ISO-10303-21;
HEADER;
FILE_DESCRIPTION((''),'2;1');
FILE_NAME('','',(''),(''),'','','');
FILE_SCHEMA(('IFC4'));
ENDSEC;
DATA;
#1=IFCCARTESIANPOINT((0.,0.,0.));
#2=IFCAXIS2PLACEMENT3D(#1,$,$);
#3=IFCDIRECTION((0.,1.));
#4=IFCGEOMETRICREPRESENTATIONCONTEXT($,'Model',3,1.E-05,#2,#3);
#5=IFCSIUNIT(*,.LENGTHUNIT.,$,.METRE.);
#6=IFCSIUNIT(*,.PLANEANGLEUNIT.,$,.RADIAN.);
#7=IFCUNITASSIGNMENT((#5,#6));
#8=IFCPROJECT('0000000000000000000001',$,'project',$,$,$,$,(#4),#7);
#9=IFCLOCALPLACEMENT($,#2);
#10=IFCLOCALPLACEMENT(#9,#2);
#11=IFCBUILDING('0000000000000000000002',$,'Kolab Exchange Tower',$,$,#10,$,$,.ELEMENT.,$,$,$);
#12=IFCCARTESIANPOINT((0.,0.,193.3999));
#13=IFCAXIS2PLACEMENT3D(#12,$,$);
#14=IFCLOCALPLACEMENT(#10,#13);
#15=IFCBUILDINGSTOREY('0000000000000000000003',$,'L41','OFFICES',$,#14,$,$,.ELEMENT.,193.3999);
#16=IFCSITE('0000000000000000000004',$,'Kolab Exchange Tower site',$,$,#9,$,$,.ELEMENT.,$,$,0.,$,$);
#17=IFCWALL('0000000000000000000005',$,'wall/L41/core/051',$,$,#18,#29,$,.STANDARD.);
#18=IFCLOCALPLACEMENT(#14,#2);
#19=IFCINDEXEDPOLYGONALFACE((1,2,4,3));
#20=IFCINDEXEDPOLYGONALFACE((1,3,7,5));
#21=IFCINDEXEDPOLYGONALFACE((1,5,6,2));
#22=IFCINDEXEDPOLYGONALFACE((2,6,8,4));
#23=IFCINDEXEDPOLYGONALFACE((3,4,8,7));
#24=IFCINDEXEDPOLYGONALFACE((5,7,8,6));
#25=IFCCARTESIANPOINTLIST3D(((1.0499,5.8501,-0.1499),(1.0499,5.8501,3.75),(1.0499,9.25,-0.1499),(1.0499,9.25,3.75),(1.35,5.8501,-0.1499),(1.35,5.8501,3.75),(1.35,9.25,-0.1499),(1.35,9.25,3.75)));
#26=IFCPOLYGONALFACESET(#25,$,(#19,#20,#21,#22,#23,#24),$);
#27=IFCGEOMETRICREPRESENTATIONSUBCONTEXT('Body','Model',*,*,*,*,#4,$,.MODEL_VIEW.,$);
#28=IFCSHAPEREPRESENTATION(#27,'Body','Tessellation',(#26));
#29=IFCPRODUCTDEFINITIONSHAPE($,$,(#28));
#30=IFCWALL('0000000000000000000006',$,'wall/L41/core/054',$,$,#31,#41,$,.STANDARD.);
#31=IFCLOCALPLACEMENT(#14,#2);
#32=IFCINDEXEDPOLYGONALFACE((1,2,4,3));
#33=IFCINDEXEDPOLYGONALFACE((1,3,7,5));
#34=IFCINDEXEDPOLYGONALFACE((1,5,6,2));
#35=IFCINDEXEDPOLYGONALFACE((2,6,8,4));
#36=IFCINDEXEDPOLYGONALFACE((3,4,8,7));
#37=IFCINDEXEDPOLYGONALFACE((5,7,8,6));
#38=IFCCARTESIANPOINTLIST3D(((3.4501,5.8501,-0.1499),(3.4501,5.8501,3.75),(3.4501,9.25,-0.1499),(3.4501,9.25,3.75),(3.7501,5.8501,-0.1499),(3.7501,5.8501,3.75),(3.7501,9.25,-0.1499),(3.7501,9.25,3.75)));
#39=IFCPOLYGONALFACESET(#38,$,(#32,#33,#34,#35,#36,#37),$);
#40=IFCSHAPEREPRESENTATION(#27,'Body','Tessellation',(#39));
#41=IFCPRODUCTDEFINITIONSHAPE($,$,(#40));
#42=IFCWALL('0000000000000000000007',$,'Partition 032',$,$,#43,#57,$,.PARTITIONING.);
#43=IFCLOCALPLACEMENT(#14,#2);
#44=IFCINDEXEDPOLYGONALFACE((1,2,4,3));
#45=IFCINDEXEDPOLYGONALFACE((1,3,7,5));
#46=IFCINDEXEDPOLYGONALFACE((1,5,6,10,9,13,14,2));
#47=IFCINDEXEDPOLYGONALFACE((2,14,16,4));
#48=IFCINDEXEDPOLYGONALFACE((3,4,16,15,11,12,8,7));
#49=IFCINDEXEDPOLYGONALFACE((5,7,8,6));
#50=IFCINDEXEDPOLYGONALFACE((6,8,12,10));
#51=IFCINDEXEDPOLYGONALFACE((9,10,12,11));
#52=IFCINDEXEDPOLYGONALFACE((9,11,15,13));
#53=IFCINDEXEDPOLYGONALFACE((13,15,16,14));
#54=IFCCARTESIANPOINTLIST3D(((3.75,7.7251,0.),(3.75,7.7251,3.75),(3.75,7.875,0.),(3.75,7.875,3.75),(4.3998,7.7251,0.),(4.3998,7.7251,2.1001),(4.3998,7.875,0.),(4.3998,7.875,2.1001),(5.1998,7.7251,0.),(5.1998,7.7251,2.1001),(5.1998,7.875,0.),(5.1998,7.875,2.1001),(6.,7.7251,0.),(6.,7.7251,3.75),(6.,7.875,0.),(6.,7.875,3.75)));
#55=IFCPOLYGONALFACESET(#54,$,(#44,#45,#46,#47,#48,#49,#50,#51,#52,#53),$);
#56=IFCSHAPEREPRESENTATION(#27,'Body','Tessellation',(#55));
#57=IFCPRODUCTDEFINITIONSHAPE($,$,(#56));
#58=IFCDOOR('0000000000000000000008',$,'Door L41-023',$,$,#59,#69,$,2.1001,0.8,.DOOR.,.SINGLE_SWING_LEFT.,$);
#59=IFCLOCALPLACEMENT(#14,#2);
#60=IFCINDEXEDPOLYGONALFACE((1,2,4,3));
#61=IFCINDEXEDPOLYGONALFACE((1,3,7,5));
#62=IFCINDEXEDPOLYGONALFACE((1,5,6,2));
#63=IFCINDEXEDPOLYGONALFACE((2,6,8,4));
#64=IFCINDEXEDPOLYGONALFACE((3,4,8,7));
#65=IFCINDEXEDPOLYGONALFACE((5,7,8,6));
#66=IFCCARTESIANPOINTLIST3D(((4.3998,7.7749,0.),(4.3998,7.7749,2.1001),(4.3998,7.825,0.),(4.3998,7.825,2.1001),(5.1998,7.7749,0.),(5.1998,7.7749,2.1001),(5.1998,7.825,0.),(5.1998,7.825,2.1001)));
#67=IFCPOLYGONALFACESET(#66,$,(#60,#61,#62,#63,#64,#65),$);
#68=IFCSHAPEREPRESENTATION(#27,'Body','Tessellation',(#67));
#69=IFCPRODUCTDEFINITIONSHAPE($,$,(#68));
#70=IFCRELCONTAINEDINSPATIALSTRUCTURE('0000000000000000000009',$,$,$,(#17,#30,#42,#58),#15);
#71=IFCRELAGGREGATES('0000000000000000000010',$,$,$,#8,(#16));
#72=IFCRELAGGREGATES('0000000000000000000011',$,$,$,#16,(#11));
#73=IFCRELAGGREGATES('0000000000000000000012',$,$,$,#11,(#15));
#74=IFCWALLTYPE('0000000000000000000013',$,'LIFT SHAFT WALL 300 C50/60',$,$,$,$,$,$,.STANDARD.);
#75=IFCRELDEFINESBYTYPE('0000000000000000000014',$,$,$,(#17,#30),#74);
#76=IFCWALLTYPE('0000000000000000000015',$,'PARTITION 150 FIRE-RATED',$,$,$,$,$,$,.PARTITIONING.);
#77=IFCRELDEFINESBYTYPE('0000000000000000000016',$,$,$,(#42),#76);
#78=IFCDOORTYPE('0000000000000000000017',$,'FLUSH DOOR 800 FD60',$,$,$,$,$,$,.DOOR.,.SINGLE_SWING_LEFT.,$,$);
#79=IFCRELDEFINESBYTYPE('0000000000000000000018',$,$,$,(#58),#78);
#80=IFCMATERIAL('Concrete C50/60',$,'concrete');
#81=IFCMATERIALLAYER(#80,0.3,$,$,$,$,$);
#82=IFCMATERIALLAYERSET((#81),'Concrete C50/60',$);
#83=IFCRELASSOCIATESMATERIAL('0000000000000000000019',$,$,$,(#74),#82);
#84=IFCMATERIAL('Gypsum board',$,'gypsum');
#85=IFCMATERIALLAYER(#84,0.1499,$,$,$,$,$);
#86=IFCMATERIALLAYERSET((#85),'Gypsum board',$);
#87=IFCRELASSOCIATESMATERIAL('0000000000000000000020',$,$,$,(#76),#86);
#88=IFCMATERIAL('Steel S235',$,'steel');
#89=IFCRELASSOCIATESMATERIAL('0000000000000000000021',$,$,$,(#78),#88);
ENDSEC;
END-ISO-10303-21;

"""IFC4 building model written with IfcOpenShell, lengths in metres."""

from ifc_helpers import new_model, si_unit, direction, frame, frame_2d, origin, place, context, subcontext, project, spatial, rectangle, extrude, material, layer, layer_set, type_object, element, fill, save


model = new_model("IFC4")

# Units and contexts
model_context = context("Model", 3, precision=1e-05, world=origin(), true_north=direction((0.0, 1.0)))
body_context = subcontext(model_context, "Body", "Model", "MODEL_VIEW")
ifc_project = project(units=[si_unit("LENGTHUNIT", "METRE"), si_unit("PLANEANGLEUNIT", "RADIAN")], contexts=[model_context])

# Site, building, storey
site_placement = place(None, origin())
site = spatial("IfcSite", under=ifc_project, at=site_placement, Name="Kolab Exchange Tower site", CompositionType="ELEMENT", RefElevation=0.0)
building_placement = place(site_placement, origin())
building = spatial("IfcBuilding", under=site, at=building_placement, Name="Kolab Exchange Tower", CompositionType="ELEMENT")
storey_placement = place(building_placement, frame((0.0, 0.0, 193.3999)))
storey = spatial("IfcBuildingStorey", under=building, at=storey_placement, Name="L41", Description="OFFICES", CompositionType="ELEMENT", Elevation=193.3999)

# Shared definitions
ifc_material_1 = material(Name="Concrete C50/60", Category="concrete")

# Shared definitions
ifc_layer_1 = layer(ifc_material_1, 0.3)
ifc_layer_set_1 = layer_set([ifc_layer_1], Name="Concrete C50/60")
wall_type_1 = type_object("IfcWallType", Name="LIFT SHAFT WALL 300 C50/60", PredefinedType="STANDARD", material=ifc_layer_set_1)

# Walls
for number, where, z_axis, x_axis, name in (
    (1, (1.2, 5.8501, -0.1499), (0.0, 0.0, 1.0), (0.0, 1.0, 0.0), "wall/L41/core/051"),
    (2, (3.6001, 5.8501, -0.1499), (0.0, 0.0, 1.0), (0.0, 1.0, 0.0), "wall/L41/core/054"),
):
    element("IfcWall", number, at=place(storey_placement, frame(where, z_axis=z_axis, x_axis=x_axis)), inside=storey, type_object=wall_type_1, Name=name, PredefinedType="STANDARD", context=body_context, shape_type="SweptSolid", body=[
        extrude(rectangle(XDim=3.3999, YDim=0.3, at=frame_2d((1.7, 0.0))), origin(), (0.0, 0.0, 1.0), 3.8999),
    ])

# Wall, opening, door
ifc_material_2 = material(Name="Gypsum board", Category="gypsum")
ifc_layer_2 = layer(ifc_material_2, 0.1499)
ifc_layer_set_2 = layer_set([ifc_layer_2], Name="Gypsum board")
wall_type_2 = type_object("IfcWallType", Name="PARTITION 150 FIRE-RATED", PredefinedType="PARTITIONING", material=ifc_layer_set_2)
wall_1_placement = place(storey_placement, frame((3.75, 7.8, 0.0), z_axis=(0.0, 0.0, 1.0), x_axis=(1.0, 0.0, 0.0)))
wall_1 = element("IfcWall", 3, at=wall_1_placement, inside=storey, type_object=wall_type_2, Name="Partition 032", PredefinedType="PARTITIONING", context=body_context, shape_type="SweptSolid", body=[
    extrude(rectangle(XDim=2.25, YDim=0.1499, at=frame_2d((1.125, 0.0))), origin(), (0.0, 0.0, 1.0), 3.75),
])
opening_1_placement = place(wall_1_placement, frame((0.6499, 0.0, 0.0)))
opening_1 = element("IfcOpeningElement", 4, at=opening_1_placement, cuts=wall_1, PredefinedType="OPENING", context=body_context, shape_type="SweptSolid", body=[
    extrude(rectangle(XDim=0.8, YDim=2.1001, at=frame_2d((0.3999, 1.05))), frame((0.0, 0.085, 0.0), z_axis=(0.0, -1.0, 0.0), x_axis=(1.0, 0.0, 0.0)), (0.0, 0.0, 1.0), 0.1699),
])
ifc_material_3 = material(Name="Steel S235", Category="steel")
door_type_1 = type_object("IfcDoorType", Name="FLUSH DOOR 800 FD60", OperationType="SINGLE_SWING_LEFT", PredefinedType="DOOR", material=ifc_material_3)
door_1_placement = place(opening_1_placement, origin())
door_1 = element("IfcDoor", 5, at=door_1_placement, inside=storey, type_object=door_type_1, Name="Door L41-023", OperationType="SINGLE_SWING_LEFT", OverallHeight=2.1001, OverallWidth=0.8, PredefinedType="DOOR", context=body_context, shape_type="SweptSolid", body=[
    extrude(rectangle(XDim=0.8, YDim=2.1001, at=frame_2d((0.3999, 1.05))), frame((0.0, 0.0249, 0.0), z_axis=(0.0, -1.0, 0.0), x_axis=(1.0, 0.0, 0.0)), (0.0, 0.0, 1.0), 0.05),
])
fill(opening_1, door_1)

save(model, "model.ifc")
